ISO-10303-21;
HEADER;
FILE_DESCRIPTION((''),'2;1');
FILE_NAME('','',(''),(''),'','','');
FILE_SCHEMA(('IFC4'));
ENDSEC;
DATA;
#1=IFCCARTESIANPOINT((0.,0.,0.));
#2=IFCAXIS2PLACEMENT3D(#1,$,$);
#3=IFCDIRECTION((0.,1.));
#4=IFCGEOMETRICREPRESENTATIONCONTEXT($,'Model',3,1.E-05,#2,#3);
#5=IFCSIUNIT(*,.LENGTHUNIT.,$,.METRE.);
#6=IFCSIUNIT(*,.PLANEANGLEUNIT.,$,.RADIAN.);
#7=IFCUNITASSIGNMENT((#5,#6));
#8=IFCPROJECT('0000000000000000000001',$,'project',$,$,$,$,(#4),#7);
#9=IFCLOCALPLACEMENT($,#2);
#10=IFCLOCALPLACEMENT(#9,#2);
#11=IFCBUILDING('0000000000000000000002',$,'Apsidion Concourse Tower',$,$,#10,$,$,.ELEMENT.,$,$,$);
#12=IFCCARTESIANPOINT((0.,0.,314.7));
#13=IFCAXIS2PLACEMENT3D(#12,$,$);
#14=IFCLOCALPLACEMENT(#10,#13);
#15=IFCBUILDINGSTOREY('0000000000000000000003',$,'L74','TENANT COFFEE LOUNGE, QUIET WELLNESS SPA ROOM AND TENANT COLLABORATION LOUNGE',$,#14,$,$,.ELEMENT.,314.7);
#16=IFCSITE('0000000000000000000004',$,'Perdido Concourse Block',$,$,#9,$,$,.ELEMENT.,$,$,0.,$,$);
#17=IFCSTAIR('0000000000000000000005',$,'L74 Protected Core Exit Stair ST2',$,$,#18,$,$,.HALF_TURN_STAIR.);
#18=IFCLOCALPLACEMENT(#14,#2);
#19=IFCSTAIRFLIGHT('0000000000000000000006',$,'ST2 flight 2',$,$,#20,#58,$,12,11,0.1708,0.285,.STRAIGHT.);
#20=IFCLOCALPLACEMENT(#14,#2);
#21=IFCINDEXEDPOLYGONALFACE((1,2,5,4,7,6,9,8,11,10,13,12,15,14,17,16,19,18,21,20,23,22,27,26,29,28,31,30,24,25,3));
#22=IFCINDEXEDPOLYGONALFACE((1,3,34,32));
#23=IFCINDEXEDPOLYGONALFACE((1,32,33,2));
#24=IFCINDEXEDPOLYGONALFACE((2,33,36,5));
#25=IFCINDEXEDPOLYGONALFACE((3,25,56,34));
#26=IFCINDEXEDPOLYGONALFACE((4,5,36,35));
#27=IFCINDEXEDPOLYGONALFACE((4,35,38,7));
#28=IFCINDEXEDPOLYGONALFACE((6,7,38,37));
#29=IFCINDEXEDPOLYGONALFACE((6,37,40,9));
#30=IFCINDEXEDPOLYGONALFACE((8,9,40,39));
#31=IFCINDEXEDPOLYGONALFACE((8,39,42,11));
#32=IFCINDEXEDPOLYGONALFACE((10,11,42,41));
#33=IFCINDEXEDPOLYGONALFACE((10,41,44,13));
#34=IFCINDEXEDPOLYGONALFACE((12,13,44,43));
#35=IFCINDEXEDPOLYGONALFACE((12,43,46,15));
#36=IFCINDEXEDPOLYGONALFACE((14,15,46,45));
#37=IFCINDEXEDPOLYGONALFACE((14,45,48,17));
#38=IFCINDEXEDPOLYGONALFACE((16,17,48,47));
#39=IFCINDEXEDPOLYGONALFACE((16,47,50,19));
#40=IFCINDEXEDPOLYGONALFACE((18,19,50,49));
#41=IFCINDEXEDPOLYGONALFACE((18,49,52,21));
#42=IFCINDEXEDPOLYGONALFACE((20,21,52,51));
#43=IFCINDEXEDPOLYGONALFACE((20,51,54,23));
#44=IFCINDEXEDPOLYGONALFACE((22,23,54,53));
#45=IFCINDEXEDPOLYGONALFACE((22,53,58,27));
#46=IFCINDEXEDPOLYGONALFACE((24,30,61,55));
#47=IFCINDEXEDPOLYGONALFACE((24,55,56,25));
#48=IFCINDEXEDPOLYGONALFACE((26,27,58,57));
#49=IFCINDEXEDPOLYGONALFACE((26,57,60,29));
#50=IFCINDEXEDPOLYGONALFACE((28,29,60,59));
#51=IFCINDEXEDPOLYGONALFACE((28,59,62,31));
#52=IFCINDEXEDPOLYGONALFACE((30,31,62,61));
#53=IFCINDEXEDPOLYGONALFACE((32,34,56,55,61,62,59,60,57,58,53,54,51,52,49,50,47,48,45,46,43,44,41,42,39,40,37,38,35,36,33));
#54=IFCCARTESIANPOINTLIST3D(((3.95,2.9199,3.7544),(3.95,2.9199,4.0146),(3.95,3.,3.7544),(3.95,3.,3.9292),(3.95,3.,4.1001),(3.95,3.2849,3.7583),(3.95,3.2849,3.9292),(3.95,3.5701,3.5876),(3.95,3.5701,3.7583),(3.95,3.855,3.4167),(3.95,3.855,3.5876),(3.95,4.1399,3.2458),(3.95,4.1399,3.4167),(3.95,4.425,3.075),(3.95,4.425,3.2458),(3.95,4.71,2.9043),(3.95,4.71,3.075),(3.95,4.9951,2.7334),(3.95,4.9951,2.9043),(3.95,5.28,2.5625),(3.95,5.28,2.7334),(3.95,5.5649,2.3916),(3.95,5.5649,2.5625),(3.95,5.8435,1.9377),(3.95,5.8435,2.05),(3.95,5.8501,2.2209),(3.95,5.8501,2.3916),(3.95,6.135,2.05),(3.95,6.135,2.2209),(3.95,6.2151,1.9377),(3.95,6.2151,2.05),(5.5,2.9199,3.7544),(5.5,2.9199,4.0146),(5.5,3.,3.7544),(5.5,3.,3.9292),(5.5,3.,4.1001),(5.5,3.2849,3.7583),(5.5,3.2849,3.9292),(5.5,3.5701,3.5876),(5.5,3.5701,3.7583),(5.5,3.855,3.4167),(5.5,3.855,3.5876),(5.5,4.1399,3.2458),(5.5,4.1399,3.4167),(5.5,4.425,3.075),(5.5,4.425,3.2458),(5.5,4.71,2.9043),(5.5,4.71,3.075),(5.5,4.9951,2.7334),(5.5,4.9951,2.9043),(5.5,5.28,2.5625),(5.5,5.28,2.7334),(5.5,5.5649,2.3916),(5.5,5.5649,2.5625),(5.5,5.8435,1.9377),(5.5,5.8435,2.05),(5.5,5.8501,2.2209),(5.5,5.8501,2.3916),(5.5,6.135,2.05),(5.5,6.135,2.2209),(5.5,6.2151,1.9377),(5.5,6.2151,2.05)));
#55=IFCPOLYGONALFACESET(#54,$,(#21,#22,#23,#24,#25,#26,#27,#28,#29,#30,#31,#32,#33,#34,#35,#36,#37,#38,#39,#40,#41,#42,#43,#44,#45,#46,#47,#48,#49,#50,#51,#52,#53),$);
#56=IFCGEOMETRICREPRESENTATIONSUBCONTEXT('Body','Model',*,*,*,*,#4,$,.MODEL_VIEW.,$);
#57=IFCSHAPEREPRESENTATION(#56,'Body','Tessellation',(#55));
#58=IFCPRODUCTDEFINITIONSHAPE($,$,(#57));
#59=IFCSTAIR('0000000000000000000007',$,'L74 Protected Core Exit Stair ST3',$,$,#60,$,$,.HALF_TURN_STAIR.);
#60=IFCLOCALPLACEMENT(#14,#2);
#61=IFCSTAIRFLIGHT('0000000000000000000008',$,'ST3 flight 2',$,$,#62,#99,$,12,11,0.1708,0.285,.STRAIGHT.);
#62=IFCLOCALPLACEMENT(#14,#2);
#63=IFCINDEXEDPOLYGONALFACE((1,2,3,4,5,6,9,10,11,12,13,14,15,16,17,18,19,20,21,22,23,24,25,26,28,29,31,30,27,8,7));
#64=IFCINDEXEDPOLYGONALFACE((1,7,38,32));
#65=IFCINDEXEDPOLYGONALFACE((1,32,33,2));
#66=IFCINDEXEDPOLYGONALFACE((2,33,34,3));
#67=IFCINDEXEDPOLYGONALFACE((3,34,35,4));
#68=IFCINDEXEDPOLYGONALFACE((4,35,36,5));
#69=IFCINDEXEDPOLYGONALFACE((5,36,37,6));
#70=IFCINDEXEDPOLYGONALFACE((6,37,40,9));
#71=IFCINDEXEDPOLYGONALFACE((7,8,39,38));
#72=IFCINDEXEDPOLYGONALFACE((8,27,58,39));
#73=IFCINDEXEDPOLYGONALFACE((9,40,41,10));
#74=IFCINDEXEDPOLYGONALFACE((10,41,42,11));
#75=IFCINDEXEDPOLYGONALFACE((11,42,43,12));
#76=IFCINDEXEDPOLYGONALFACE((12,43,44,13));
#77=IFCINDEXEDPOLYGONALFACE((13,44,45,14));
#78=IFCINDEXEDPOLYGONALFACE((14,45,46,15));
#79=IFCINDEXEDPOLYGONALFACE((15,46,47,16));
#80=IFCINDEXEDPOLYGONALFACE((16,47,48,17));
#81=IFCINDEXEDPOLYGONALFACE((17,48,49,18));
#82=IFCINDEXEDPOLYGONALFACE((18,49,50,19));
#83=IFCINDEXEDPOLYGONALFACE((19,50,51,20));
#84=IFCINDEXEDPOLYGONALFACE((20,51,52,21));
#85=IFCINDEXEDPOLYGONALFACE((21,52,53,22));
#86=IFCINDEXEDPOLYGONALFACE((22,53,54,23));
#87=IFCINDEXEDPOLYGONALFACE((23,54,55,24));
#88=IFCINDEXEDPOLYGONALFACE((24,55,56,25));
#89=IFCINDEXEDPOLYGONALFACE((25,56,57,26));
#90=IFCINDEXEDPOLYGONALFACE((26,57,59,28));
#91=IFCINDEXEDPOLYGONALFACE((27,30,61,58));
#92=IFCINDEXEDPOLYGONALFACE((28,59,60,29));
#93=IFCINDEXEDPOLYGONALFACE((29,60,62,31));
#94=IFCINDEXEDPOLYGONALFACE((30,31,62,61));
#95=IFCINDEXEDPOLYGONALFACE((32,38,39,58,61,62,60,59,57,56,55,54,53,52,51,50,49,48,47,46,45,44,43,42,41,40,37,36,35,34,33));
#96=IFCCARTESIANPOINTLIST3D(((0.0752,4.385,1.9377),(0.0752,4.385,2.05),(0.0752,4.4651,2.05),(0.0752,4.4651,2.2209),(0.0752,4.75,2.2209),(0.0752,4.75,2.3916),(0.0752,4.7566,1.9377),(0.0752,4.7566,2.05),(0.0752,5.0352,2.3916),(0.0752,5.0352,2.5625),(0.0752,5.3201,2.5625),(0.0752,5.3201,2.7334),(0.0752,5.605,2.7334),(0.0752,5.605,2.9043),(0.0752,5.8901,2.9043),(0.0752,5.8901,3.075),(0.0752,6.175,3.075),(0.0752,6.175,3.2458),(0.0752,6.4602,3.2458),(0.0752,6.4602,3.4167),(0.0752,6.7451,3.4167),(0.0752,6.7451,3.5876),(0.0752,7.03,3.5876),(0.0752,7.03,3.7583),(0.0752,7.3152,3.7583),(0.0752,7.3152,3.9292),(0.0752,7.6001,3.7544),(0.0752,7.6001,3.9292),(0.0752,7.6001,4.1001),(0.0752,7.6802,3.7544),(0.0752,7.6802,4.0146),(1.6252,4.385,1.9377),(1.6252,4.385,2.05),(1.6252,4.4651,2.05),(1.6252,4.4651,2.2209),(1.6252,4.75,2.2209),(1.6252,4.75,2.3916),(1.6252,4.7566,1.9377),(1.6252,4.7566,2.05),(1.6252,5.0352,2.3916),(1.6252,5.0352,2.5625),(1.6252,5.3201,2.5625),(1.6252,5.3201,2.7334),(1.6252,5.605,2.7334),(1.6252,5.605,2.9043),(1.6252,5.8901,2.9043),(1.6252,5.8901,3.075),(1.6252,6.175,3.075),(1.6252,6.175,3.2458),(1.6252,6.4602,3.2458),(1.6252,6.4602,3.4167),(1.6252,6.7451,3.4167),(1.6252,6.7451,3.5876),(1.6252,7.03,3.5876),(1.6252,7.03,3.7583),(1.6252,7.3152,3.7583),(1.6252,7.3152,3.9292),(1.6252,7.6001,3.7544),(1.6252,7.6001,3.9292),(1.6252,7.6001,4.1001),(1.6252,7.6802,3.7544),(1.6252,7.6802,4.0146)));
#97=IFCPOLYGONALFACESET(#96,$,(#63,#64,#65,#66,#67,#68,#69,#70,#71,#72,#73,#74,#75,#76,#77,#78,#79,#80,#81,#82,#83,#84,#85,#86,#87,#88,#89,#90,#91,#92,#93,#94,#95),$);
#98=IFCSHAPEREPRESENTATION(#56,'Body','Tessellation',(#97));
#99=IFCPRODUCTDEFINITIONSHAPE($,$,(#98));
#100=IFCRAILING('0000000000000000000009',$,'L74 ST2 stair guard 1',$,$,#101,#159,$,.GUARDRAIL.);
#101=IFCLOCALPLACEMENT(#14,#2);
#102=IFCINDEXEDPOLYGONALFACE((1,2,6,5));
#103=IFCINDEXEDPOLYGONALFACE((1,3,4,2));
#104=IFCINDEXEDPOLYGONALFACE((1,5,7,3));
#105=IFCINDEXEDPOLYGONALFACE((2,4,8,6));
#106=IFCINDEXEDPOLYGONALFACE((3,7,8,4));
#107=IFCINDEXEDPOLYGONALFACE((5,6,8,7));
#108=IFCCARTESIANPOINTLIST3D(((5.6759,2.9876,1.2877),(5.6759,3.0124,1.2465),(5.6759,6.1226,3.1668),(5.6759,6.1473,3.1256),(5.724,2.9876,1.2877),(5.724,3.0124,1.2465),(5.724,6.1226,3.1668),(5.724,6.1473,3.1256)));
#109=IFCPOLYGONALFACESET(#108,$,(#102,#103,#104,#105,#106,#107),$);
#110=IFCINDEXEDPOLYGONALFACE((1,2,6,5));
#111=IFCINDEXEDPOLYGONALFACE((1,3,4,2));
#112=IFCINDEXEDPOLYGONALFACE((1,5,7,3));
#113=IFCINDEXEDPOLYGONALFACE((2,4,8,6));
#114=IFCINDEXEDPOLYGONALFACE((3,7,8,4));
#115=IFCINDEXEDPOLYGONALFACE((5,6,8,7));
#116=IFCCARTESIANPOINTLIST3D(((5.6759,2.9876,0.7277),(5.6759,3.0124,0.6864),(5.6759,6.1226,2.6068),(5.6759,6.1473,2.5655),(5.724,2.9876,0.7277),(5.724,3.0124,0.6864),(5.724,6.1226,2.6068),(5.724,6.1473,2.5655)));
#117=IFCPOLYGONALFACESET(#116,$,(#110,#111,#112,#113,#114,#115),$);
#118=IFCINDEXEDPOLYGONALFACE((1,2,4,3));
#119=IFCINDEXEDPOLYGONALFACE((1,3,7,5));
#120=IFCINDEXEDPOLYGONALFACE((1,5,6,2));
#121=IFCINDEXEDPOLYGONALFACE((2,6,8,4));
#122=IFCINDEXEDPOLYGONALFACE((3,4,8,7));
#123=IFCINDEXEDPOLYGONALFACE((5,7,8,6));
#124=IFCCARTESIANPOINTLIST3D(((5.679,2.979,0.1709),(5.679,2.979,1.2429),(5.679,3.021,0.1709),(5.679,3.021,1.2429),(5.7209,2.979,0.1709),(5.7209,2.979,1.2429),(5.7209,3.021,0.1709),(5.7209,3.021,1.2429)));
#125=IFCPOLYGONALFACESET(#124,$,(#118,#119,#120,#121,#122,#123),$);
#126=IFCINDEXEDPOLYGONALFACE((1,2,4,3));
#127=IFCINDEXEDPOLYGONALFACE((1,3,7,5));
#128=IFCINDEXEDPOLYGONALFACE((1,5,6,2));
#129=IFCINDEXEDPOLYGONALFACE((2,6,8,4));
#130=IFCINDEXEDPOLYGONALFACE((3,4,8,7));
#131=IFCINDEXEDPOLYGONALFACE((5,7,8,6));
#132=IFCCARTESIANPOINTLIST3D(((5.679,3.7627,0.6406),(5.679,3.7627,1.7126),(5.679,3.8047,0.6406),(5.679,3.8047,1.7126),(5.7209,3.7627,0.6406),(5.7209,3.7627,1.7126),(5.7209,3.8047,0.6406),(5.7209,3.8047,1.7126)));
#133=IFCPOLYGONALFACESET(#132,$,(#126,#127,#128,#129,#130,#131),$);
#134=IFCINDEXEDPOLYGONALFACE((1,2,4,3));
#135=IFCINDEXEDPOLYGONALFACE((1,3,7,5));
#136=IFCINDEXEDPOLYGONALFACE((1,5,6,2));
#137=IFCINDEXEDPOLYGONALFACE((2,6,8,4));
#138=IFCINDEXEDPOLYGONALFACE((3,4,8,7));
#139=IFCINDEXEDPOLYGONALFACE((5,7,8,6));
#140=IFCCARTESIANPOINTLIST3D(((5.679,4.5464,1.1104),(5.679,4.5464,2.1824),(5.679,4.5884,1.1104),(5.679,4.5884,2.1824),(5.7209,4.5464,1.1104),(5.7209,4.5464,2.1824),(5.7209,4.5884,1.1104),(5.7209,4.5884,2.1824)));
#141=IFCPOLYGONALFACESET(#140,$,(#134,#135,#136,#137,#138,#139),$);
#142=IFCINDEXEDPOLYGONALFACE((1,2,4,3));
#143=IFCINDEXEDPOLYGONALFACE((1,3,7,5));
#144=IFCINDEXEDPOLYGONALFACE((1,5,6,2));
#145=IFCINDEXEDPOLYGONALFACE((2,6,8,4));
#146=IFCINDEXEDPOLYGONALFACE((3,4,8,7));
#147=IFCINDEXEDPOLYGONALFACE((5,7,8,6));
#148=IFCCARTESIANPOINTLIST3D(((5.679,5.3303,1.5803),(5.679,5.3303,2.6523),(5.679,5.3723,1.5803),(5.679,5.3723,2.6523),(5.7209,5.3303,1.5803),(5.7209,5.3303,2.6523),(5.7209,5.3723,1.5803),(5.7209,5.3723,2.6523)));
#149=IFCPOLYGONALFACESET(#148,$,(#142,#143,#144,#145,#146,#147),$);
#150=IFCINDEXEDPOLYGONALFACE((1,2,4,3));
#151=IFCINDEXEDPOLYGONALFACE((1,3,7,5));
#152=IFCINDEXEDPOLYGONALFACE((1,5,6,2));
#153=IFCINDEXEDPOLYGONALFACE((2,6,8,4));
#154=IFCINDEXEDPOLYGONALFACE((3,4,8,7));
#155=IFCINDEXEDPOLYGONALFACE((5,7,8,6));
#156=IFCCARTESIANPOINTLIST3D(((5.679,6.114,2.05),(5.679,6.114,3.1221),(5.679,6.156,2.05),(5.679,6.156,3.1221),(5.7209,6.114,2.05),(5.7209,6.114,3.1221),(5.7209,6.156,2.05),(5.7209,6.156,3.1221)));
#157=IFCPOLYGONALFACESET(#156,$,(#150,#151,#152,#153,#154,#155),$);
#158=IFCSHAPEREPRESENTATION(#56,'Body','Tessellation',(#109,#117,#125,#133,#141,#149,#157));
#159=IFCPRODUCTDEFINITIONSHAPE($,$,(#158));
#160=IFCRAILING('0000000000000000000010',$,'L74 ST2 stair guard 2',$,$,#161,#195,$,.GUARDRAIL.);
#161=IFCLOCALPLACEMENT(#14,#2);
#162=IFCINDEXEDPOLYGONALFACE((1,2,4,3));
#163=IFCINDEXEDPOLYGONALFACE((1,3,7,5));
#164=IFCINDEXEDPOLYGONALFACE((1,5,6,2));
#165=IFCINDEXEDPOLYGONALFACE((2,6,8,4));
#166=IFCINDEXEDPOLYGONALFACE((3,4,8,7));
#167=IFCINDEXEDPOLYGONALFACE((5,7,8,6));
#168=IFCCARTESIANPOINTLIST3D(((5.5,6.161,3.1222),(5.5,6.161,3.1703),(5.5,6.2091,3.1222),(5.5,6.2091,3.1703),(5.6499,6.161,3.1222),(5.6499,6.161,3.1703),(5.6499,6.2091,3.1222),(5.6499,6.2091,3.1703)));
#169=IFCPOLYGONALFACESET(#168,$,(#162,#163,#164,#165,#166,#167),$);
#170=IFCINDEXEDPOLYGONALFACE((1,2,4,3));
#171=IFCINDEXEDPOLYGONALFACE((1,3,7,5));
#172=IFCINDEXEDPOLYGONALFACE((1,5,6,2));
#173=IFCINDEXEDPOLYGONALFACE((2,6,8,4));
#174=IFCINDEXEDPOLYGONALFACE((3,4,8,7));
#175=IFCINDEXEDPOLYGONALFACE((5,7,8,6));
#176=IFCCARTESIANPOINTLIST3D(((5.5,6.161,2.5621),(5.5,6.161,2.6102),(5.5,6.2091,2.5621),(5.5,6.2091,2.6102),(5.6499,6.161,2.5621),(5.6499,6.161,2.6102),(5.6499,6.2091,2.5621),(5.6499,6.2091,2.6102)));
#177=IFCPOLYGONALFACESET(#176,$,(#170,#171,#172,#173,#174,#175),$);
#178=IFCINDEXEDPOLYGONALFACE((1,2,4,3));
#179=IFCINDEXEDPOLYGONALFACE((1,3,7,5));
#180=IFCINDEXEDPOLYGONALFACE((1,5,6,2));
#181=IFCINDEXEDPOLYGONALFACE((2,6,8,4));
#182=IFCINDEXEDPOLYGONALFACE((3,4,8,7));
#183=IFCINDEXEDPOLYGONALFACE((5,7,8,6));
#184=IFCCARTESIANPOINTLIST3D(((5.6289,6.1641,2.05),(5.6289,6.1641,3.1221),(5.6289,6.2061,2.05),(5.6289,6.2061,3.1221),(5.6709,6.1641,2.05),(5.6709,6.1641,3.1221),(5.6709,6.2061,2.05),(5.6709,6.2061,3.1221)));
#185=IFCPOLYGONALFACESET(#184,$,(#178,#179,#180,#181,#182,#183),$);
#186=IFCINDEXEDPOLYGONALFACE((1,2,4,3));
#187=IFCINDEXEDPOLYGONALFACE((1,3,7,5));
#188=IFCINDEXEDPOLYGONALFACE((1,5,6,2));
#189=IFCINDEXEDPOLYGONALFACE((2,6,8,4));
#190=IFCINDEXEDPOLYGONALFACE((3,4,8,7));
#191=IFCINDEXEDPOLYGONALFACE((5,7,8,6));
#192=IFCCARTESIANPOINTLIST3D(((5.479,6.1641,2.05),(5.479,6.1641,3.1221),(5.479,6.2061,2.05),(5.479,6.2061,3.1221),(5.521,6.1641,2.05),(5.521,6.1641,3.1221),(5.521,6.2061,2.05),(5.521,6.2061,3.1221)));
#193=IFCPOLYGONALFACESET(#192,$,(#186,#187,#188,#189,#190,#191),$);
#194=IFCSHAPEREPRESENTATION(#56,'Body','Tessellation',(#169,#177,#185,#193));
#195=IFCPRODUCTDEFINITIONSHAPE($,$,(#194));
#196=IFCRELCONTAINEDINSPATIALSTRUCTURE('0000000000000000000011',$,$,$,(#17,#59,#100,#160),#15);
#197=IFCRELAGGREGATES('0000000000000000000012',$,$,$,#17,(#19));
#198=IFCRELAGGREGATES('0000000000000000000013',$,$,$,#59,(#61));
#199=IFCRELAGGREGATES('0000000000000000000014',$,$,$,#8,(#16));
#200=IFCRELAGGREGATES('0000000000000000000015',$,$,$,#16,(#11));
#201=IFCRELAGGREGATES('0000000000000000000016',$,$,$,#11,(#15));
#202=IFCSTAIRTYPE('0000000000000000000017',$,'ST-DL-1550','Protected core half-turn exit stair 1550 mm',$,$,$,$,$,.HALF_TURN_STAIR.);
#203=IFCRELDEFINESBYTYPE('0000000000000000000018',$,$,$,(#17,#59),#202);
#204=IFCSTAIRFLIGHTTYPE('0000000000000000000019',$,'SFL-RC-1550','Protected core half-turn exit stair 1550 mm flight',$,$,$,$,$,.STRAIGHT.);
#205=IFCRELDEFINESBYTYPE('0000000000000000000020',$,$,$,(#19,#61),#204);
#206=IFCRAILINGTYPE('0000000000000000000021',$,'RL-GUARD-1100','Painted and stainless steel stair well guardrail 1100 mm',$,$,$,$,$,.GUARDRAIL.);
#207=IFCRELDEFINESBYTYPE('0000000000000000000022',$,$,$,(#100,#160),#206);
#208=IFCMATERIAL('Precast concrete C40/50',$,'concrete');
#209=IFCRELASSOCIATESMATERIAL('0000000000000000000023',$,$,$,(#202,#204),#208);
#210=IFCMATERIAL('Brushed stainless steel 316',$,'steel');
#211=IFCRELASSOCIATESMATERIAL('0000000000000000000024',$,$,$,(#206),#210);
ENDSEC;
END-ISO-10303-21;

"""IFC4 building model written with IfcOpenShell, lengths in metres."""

from ifc_helpers import new_model, si_unit, direction, frame, origin, origin_2d, place, context, subcontext, project, spatial, polyline, rectangle, outline, extrude, material, type_object, element, aggregate, save


model = new_model("IFC4")

# Units and contexts
model_context = context("Model", 3, precision=1e-05, world=origin(), true_north=direction((0.0, 1.0)))
body_context = subcontext(model_context, "Body", "Model", "MODEL_VIEW")
ifc_project = project(units=[si_unit("LENGTHUNIT", "METRE"), si_unit("PLANEANGLEUNIT", "RADIAN")], contexts=[model_context])

# Site, building, storey
site_placement = place(None, origin())
site = spatial("IfcSite", under=ifc_project, at=site_placement, Name="Perdido Concourse Block", CompositionType="ELEMENT", RefElevation=0.0)
building_placement = place(site_placement, origin())
building = spatial("IfcBuilding", under=site, at=building_placement, Name="Apsidion Concourse Tower", CompositionType="ELEMENT")
storey_placement = place(building_placement, frame((0.0, 0.0, 314.7)))
storey = spatial("IfcBuildingStorey", under=building, at=storey_placement, Name="L74", Description="TENANT COFFEE LOUNGE, QUIET WELLNESS SPA ROOM AND TENANT COLLABORATION LOUNGE", CompositionType="ELEMENT", Elevation=314.7)

# Stair, stair flight
ifc_material_1 = material(Name="Precast concrete C40/50", Category="concrete")
stair_type = type_object("IfcStairType", Name="ST-DL-1550", Description="Protected core half-turn exit stair 1550 mm", PredefinedType="HALF_TURN_STAIR", material=ifc_material_1)
stair_1_placement = place(storey_placement, origin())
stair_1 = element("IfcStair", 1, at=stair_1_placement, inside=storey, type_object=stair_type, Name="L74 Protected Core Exit Stair ST2", PredefinedType="HALF_TURN_STAIR")
stair_flight_type = type_object("IfcStairFlightType", Name="SFL-RC-1550", Description="Protected core half-turn exit stair 1550 mm flight", PredefinedType="STRAIGHT", material=ifc_material_1)
stair_flight_1_placement = place(storey_placement, frame((4.7251, 6.135, 2.05), z_axis=(0.0, 0.0, 1.0), x_axis=(0.0, -1.0, 0.0)))
stair_flight_1 = element("IfcStairFlight", 2, at=stair_flight_1_placement, type_object=stair_flight_type, Name="ST2 flight 2", NumberOfRisers=12, NumberOfTreads=11, PredefinedType="STRAIGHT", RiserHeight=0.1708, TreadLength=0.285, context=body_context, shape_type="SweptSolid", body=[
    extrude(outline(polyline([(-0.0801, -0.1123), (-0.0801, 0.0), (0.0, 0.0), (0.0, 0.1709), (0.2849, 0.1709), (0.2849, 0.3416), (0.5701, 0.3416), (0.5701, 0.5125), (0.855, 0.5125), (0.855, 0.6833), (1.1399, 0.6833), (1.1399, 0.8542), (1.425, 0.8542), (1.425, 1.0249), (1.71, 1.0249), (1.71, 1.1958), (1.9951, 1.1958), (1.9951, 1.3667), (2.28, 1.3667), (2.28, 1.5376), (2.5649, 1.5376), (2.5649, 1.7083), (2.8501, 1.7083), (2.8501, 1.8792), (3.135, 1.8792), (3.135, 2.05), (3.2151, 1.9646), (3.2151, 1.7043), (3.135, 1.7043), (0.2915, 0.0), (0.2915, -0.1123), (-0.0801, -0.1123)])), frame((0.0, 0.7749, 0.0), z_axis=(0.0, -1.0, 0.0), x_axis=(1.0, 0.0, 0.0)), (0.0, 0.0, 1.0), 1.55),
])
aggregate(stair_1, [stair_flight_1])

# Stair, stair flight
stair_2_placement = place(storey_placement, origin())
stair_2 = element("IfcStair", 3, at=stair_2_placement, inside=storey, type_object=stair_type, Name="L74 Protected Core Exit Stair ST3", PredefinedType="HALF_TURN_STAIR")
stair_flight_2_placement = place(storey_placement, frame((0.8501, 4.4651, 2.05), z_axis=(0.0, 0.0, 1.0), x_axis=(0.0, 1.0, 0.0)))
stair_flight_2 = element("IfcStairFlight", 4, at=stair_flight_2_placement, type_object=stair_flight_type, Name="ST3 flight 2", NumberOfRisers=12, NumberOfTreads=11, PredefinedType="STRAIGHT", RiserHeight=0.1708, TreadLength=0.285, context=body_context, shape_type="SweptSolid", body=[
    extrude(outline(polyline([(-0.0801, -0.1123), (-0.0801, 0.0), (0.0, 0.0), (0.0, 0.1709), (0.2849, 0.1709), (0.2849, 0.3416), (0.5701, 0.3416), (0.5701, 0.5125), (0.855, 0.5125), (0.855, 0.6833), (1.1399, 0.6833), (1.1399, 0.8542), (1.425, 0.8542), (1.425, 1.0249), (1.71, 1.0249), (1.71, 1.1958), (1.9951, 1.1958), (1.9951, 1.3667), (2.28, 1.3667), (2.28, 1.5376), (2.5649, 1.5376), (2.5649, 1.7083), (2.8501, 1.7083), (2.8501, 1.8792), (3.135, 1.8792), (3.135, 2.05), (3.2151, 1.9646), (3.2151, 1.7043), (3.135, 1.7043), (0.2915, 0.0), (0.2915, -0.1123), (-0.0801, -0.1123)])), frame((0.0, 0.7749, 0.0), z_axis=(0.0, -1.0, 0.0), x_axis=(1.0, 0.0, 0.0)), (0.0, 0.0, 1.0), 1.55),
])
aggregate(stair_2, [stair_flight_2])

# Railings
ifc_material_2 = material(Name="Brushed stainless steel 316", Category="steel")
railing_type_1 = type_object("IfcRailingType", Name="RL-GUARD-1100", Description="Painted and stainless steel stair well guardrail 1100 mm", PredefinedType="GUARDRAIL", material=ifc_material_2)
railing_1_placement = place(storey_placement, frame((5.7, 3.0, 0.1709)))
element("IfcRailing", 5, at=railing_1_placement, inside=storey, type_object=railing_type_1, Name="L74 ST2 stair guard 1", PredefinedType="GUARDRAIL", context=body_context, shape_type="SweptSolid", body=[
    extrude(rectangle(XDim=0.0481, YDim=0.0481, at=origin_2d()), frame((0.0, 0.0, 1.0962), z_axis=(0.0, 0.857717, 0.514122), x_axis=(-1.0, 0.0, 0.0)), (0.0, 0.0, 1.0), 3.655),
    extrude(rectangle(XDim=0.0481, YDim=0.0481, at=origin_2d()), frame((0.0, 0.0, 0.5361), z_axis=(0.0, 0.857717, 0.514122), x_axis=(-1.0, 0.0, 0.0)), (0.0, 0.0, 1.0), 3.655),
    extrude(rectangle(XDim=0.042, YDim=0.042, at=origin_2d()), origin(), (0.0, 0.0, 1.0), 1.072),
    extrude(rectangle(XDim=0.042, YDim=0.042, at=origin_2d()), frame((0.0, 0.7837, 0.4697)), (0.0, 0.0, 1.0), 1.072),
    extrude(rectangle(XDim=0.042, YDim=0.042, at=origin_2d()), frame((0.0, 1.5674, 0.9395)), (0.0, 0.0, 1.0), 1.072),
    extrude(rectangle(XDim=0.042, YDim=0.042, at=origin_2d()), frame((0.0, 2.3513, 1.4094)), (0.0, 0.0, 1.0), 1.072),
    extrude(rectangle(XDim=0.042, YDim=0.042, at=origin_2d()), frame((0.0, 3.135, 1.8792)), (0.0, 0.0, 1.0), 1.072),
])
railing_2_placement = place(storey_placement, frame((5.6499, 6.1851, 2.05)))
element("IfcRailing", 6, at=railing_2_placement, inside=storey, type_object=railing_type_1, Name="L74 ST2 stair guard 2", PredefinedType="GUARDRAIL", context=body_context, shape_type="SweptSolid", body=[
    extrude(rectangle(XDim=0.0481, YDim=0.0481, at=origin_2d()), frame((0.0, 0.0, 1.0962), z_axis=(-1.0, 0.0, 0.0), x_axis=(0.0, -1.0, 0.0)), (0.0, 0.0, 1.0), 0.1499),
    extrude(rectangle(XDim=0.0481, YDim=0.0481, at=origin_2d()), frame((0.0, 0.0, 0.5361), z_axis=(-1.0, 0.0, 0.0), x_axis=(0.0, -1.0, 0.0)), (0.0, 0.0, 1.0), 0.1499),
    extrude(rectangle(XDim=0.042, YDim=0.042, at=origin_2d()), origin(), (0.0, 0.0, 1.0), 1.072),
    extrude(rectangle(XDim=0.042, YDim=0.042, at=origin_2d()), frame((-0.1499, 0.0, 0.0)), (0.0, 0.0, 1.0), 1.072),
])

save(model, "model.ifc")
